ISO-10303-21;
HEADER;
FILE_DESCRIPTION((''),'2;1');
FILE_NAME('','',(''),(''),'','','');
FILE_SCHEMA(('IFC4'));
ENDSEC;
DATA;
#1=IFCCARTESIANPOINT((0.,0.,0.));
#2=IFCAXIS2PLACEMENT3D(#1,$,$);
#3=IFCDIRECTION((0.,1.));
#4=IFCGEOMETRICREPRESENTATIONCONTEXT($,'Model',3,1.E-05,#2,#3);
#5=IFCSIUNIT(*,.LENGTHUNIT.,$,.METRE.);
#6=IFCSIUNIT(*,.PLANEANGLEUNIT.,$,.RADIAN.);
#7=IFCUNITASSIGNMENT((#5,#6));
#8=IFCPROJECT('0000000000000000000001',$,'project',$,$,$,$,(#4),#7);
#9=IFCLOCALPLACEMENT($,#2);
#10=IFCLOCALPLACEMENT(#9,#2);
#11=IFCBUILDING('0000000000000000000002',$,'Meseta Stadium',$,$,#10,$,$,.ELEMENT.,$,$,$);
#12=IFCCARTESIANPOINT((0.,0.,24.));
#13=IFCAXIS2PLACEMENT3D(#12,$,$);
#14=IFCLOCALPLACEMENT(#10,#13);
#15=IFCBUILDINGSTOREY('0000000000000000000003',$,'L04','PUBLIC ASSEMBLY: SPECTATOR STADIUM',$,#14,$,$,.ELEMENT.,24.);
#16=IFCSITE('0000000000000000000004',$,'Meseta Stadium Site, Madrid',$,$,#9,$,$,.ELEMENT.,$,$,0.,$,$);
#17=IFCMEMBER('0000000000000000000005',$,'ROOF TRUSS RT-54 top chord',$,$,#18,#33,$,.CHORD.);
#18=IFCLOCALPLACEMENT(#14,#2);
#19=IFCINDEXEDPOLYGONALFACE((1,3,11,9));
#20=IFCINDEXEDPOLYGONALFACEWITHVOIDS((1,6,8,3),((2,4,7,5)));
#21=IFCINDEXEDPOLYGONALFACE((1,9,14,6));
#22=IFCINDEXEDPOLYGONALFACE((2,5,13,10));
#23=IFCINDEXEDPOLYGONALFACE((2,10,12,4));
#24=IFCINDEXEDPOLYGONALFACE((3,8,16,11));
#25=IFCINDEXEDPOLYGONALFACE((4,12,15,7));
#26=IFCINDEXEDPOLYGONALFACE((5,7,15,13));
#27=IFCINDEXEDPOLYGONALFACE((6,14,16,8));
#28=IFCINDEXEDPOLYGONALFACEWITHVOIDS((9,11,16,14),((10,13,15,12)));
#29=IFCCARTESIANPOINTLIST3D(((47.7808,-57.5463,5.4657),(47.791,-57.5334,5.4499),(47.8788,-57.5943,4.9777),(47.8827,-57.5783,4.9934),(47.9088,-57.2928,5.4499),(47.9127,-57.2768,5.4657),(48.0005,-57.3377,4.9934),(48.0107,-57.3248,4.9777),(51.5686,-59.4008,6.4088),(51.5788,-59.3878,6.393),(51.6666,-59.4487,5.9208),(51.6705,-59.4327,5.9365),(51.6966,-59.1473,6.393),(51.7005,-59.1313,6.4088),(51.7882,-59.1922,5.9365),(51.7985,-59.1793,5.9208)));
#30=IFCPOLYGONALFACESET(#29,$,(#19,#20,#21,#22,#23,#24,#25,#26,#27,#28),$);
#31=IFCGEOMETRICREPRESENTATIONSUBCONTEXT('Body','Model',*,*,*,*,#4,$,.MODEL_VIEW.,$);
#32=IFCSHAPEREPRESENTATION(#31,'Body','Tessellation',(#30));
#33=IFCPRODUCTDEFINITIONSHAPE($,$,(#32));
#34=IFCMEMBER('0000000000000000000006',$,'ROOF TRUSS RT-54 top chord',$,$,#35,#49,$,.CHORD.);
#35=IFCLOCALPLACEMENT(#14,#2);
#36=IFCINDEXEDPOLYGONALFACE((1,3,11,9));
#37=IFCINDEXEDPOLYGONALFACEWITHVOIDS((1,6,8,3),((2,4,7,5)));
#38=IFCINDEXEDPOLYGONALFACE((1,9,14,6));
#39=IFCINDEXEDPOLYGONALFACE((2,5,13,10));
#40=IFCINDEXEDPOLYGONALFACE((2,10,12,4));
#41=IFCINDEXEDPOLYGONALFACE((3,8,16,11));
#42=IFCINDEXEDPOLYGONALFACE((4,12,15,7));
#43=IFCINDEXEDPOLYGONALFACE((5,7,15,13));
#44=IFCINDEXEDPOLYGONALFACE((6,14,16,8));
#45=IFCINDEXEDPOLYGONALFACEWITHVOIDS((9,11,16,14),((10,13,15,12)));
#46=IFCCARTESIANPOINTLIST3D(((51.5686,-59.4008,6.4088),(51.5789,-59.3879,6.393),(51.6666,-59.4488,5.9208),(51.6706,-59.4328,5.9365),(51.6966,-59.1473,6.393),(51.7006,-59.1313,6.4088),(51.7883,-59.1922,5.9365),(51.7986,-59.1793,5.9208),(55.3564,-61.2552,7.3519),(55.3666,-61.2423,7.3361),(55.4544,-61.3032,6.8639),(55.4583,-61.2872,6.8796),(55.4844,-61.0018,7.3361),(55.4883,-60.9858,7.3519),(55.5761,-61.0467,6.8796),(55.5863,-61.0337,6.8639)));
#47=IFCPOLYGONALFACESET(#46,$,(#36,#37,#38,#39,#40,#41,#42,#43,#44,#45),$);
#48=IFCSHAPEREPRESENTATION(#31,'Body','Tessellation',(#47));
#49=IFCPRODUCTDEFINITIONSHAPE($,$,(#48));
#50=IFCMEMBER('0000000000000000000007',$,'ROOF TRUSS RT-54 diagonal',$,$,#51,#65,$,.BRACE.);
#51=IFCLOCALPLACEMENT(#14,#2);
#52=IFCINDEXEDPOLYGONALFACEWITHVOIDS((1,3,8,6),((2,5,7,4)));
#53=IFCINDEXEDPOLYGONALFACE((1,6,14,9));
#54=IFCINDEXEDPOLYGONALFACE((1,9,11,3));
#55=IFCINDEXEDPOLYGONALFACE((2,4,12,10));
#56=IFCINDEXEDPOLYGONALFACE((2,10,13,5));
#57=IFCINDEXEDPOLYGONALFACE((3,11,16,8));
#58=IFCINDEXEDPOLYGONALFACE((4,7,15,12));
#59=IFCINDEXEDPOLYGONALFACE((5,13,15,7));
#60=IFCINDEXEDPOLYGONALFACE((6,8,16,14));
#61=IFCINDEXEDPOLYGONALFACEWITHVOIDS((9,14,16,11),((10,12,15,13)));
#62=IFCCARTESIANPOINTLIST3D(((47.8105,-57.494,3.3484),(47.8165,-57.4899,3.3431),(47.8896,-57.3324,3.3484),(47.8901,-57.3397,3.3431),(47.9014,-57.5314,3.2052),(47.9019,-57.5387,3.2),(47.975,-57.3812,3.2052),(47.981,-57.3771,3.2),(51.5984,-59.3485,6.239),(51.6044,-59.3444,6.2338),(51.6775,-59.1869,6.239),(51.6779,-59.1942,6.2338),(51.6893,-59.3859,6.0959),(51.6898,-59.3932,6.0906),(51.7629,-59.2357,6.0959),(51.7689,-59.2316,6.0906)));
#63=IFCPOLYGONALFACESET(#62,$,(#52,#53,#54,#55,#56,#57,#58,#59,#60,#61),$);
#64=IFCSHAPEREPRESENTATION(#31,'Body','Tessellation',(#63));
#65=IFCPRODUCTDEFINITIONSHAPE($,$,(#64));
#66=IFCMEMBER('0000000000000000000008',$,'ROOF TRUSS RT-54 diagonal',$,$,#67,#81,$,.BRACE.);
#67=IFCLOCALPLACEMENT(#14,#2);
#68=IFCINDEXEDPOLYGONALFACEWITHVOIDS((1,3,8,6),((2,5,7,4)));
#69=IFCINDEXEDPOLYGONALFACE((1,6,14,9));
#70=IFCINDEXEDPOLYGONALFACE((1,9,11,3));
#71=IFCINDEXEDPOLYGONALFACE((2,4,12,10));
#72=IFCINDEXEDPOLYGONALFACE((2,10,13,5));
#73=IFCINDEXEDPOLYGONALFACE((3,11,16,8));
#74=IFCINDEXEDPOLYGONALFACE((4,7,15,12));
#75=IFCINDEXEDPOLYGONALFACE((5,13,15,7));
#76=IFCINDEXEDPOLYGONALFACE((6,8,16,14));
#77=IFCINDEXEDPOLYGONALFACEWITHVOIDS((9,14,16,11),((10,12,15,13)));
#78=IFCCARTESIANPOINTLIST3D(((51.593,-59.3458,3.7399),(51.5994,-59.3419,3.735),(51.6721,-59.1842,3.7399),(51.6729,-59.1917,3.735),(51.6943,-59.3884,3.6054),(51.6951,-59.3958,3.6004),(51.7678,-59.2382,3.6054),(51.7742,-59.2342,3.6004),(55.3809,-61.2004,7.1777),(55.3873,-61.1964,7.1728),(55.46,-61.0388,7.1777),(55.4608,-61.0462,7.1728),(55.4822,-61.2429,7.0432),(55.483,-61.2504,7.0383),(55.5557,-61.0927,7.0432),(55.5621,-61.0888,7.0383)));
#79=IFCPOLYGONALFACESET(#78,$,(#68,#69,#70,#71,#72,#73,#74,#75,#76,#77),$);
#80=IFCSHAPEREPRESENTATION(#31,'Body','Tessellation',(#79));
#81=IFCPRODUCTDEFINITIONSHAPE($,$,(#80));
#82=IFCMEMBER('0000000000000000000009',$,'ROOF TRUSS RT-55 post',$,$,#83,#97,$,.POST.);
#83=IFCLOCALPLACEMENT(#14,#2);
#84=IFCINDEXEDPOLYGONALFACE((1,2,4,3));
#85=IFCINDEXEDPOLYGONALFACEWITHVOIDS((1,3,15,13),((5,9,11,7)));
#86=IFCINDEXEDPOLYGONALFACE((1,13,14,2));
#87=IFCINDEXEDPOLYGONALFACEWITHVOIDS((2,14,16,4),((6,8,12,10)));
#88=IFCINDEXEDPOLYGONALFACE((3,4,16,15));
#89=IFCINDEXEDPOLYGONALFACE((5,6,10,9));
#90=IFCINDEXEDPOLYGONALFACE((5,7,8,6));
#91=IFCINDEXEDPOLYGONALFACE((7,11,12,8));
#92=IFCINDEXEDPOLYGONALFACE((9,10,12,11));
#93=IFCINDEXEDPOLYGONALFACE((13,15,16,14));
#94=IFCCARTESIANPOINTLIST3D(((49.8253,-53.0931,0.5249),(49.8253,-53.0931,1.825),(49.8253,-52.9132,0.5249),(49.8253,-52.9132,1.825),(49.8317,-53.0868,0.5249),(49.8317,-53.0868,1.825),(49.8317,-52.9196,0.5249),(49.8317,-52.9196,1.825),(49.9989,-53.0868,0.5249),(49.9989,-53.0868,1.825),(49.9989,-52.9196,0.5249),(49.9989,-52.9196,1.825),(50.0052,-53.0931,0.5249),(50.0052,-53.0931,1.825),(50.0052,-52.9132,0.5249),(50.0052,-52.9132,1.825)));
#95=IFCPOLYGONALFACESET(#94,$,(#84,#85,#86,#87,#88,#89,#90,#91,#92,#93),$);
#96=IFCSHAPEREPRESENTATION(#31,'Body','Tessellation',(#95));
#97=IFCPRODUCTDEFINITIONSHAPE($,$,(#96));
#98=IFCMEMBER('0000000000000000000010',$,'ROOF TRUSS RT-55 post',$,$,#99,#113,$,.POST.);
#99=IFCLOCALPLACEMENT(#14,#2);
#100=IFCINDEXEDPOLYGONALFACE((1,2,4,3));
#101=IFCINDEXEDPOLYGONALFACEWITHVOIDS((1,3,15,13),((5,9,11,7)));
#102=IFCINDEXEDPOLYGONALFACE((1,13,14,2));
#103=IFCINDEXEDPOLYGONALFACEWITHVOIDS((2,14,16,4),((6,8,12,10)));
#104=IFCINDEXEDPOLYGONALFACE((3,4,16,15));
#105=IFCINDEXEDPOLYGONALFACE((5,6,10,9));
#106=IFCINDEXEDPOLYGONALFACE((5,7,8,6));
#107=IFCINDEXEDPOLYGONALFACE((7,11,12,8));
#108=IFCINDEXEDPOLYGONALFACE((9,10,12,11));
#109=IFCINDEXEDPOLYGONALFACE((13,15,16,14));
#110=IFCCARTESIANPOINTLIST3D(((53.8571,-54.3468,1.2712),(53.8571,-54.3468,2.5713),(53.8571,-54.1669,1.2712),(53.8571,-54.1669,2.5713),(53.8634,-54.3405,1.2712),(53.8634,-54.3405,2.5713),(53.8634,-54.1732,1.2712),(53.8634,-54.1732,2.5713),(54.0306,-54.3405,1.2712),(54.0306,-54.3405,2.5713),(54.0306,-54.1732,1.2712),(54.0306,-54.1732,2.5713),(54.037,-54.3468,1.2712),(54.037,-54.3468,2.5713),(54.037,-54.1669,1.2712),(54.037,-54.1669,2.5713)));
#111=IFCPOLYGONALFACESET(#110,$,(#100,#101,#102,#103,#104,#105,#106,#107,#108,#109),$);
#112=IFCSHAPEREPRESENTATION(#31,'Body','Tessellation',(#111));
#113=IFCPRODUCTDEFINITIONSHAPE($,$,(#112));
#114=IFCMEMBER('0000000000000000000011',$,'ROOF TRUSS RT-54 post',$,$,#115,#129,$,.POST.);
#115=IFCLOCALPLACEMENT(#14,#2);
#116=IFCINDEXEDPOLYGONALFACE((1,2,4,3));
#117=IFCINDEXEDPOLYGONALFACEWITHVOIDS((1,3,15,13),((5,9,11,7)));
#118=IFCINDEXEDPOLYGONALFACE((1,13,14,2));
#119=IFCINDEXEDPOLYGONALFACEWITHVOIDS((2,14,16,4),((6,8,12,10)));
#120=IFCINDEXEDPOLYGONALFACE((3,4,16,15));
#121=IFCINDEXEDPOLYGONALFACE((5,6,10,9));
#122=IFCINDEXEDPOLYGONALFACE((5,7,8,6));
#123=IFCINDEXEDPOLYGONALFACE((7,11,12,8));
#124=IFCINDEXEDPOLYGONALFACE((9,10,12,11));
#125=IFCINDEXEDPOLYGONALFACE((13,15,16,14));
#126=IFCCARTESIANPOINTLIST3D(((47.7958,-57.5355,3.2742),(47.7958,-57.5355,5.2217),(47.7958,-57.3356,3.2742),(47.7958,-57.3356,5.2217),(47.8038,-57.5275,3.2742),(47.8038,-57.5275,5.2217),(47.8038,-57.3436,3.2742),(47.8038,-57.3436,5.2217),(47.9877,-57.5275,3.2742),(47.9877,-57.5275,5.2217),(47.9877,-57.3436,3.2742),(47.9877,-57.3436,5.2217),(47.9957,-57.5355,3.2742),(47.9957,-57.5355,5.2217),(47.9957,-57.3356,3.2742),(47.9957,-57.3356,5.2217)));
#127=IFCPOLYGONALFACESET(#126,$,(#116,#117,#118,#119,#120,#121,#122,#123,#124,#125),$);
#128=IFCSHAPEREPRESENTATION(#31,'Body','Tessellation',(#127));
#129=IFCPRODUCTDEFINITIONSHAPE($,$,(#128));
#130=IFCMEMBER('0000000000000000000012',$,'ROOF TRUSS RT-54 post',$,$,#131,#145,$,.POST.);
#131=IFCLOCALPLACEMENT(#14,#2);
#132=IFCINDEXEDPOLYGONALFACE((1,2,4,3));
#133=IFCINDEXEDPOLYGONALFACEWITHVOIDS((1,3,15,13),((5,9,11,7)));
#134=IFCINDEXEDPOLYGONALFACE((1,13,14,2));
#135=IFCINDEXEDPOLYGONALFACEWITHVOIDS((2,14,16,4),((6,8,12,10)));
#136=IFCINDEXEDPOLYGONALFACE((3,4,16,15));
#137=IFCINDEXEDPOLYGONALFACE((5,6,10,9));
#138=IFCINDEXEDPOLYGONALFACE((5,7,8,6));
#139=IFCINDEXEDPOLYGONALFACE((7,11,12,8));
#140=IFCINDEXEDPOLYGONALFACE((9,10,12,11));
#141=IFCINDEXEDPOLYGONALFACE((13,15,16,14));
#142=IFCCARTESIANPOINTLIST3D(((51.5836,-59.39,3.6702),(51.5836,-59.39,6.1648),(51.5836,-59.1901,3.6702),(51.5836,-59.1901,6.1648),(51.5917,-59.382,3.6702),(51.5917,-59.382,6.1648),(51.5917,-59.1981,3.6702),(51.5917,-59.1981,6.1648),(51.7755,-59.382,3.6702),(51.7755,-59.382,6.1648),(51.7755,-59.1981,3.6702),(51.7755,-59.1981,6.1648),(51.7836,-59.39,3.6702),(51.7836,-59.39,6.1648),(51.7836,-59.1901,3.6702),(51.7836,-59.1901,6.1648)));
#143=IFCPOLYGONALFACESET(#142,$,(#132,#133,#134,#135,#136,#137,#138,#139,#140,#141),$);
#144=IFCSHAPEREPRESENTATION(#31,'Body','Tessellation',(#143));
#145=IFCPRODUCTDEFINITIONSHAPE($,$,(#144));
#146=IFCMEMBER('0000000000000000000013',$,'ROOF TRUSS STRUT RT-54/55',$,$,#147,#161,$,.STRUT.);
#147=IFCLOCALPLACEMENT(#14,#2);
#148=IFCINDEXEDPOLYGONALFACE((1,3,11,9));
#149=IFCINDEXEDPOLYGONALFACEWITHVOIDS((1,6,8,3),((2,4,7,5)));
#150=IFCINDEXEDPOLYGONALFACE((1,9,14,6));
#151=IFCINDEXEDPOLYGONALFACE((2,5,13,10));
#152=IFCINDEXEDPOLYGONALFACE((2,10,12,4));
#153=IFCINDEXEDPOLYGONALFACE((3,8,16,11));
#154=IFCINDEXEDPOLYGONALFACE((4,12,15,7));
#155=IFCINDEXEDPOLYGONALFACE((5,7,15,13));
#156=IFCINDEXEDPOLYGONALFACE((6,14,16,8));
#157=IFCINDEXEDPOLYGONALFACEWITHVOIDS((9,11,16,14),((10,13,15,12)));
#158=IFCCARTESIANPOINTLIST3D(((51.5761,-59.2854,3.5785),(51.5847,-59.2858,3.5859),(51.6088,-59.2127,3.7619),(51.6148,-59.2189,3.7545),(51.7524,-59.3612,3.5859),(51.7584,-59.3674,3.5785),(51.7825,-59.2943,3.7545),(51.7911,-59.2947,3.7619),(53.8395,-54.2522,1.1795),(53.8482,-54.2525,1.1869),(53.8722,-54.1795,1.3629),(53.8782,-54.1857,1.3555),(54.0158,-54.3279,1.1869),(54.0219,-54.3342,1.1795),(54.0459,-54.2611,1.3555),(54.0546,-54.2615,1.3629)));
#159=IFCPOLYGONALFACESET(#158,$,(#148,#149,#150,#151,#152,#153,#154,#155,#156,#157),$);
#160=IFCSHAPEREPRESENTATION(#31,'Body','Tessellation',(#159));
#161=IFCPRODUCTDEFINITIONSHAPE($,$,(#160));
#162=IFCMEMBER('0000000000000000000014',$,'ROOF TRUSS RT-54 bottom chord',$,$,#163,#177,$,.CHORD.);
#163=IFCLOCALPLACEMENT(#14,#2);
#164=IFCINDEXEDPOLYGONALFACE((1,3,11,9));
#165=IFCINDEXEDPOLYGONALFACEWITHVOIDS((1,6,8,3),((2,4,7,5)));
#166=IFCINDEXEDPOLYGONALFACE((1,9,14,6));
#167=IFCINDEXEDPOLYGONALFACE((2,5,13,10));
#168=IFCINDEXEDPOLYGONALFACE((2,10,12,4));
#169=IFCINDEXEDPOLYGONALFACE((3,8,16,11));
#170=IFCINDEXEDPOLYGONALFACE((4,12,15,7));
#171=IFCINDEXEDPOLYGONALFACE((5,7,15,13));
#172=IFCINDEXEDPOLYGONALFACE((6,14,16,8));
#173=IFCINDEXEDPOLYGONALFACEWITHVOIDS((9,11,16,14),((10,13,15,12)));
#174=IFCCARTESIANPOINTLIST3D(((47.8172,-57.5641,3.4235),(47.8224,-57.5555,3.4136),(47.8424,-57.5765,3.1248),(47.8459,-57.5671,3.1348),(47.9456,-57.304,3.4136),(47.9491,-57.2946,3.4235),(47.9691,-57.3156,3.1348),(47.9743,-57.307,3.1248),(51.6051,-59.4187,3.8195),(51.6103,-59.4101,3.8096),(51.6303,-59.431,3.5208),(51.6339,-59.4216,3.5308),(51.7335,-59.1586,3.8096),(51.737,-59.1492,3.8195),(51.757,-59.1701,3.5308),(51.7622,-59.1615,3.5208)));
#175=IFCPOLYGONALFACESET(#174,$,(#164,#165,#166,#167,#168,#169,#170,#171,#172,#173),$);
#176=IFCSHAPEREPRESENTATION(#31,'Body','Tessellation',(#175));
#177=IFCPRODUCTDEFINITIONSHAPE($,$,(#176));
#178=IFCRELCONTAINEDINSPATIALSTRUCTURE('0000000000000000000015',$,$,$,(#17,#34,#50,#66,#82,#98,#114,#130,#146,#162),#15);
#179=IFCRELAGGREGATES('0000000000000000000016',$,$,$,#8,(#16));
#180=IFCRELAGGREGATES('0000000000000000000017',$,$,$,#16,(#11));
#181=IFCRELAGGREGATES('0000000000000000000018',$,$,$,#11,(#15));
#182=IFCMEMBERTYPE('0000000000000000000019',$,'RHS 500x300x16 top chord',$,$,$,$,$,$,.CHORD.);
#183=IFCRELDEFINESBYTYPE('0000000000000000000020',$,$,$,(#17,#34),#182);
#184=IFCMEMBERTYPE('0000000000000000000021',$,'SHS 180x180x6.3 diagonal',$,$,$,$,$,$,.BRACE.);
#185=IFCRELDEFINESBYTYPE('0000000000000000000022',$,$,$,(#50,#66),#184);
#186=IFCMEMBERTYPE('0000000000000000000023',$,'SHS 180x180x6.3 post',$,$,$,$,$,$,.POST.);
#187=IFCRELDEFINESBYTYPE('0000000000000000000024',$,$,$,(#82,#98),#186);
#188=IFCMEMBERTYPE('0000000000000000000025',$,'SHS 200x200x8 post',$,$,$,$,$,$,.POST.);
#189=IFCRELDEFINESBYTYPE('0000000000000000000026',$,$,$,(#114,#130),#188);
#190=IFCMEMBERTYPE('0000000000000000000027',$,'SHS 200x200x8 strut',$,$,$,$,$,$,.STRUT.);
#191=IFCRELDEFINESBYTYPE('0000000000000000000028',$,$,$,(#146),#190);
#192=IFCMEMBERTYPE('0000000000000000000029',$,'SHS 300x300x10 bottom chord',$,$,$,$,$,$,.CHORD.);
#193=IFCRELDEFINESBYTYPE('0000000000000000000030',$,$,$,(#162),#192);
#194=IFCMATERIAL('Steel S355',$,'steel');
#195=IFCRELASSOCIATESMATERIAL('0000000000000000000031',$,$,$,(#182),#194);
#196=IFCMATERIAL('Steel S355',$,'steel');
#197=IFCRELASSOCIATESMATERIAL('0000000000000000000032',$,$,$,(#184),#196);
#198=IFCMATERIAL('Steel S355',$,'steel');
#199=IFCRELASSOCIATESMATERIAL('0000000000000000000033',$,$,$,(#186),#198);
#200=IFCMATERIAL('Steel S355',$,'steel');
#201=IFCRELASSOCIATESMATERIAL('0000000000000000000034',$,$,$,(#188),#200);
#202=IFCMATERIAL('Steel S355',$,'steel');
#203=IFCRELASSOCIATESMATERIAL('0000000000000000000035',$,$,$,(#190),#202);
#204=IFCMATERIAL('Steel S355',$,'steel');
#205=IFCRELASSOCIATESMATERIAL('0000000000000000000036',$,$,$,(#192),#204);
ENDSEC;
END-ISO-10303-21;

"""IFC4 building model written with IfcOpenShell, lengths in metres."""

from ifc_helpers import new_model, si_unit, direction, frame, origin, origin_2d, place, context, subcontext, project, spatial, hollow_rectangle, extrude, material, material_profile, profile_set, type_object, element, save


model = new_model("IFC4")

# Units and contexts
model_context = context("Model", 3, precision=1e-05, world=origin(), true_north=direction((0.0, 1.0)))
body_context = subcontext(model_context, "Body", "Model", "MODEL_VIEW")
ifc_project = project(units=[si_unit("LENGTHUNIT", "METRE"), si_unit("PLANEANGLEUNIT", "RADIAN")], contexts=[model_context])

# Site, building, storey
site_placement = place(None, origin())
site = spatial("IfcSite", under=ifc_project, at=site_placement, Name="Meseta Stadium Site, Madrid", CompositionType="ELEMENT", RefElevation=0.0)
building_placement = place(site_placement, origin())
building = spatial("IfcBuilding", under=site, at=building_placement, Name="Meseta Stadium", CompositionType="ELEMENT")
storey_placement = place(building_placement, frame((0.0, 0.0, 24.0)))
storey = spatial("IfcBuildingStorey", under=building, at=storey_placement, Name="L04", Description="PUBLIC ASSEMBLY: SPECTATOR STADIUM", CompositionType="ELEMENT", Elevation=24.0)

# Members
ifc_material_1 = material(Name="Steel S355", Category="steel")
ifc_material_profile_1 = material_profile(ifc_material_1, hollow_rectangle(XDim=0.3, YDim=0.5, WallThickness=0.0161, at=origin_2d()), Name="RHS 500x300x16")
ifc_profile_set_1 = profile_set([ifc_material_profile_1], Name="Steel S355")
member_type_1 = type_object("IfcMemberType", Name="RHS 500x300x16 top chord", PredefinedType="CHORD", material=ifc_profile_set_1)
for number, where, z_axis, x_axis, name in (
    (1, (47.8958, -57.4355, 5.2217), (0.876488, -0.42912, 0.218232), (0.439719, 0.898135, 0.0), "ROOF TRUSS RT-54 top chord"),
    (2, (51.6836, -59.29, 6.1648), (0.876488, -0.42912, 0.218232), (0.439719, 0.898135, 0.0), "ROOF TRUSS RT-54 top chord"),
):
    element("IfcMember", number, at=place(storey_placement, frame(where, z_axis=z_axis, x_axis=x_axis)), inside=storey, type_object=member_type_1, Name=name, PredefinedType="CHORD", context=body_context, shape_type="SweptSolid", body=[
        extrude(hollow_rectangle(XDim=0.3, YDim=0.5, WallThickness=0.0161, at=origin_2d()), origin(), (0.0, 0.0, 1.0), 4.3215),
    ])
ifc_material_2 = material(Name="Steel S355", Category="steel")
ifc_material_profile_2 = material_profile(ifc_material_2, hollow_rectangle(XDim=0.1799, YDim=0.1799, WallThickness=0.0063, at=origin_2d()), Name="SHS 180x180x6.3")
ifc_profile_set_2 = profile_set([ifc_material_profile_2], Name="Steel S355")
member_type_2 = type_object("IfcMemberType", Name="SHS 180x180x6.3 diagonal", PredefinedType="BRACE", material=ifc_profile_set_2)
member_1_placement = place(storey_placement, frame((47.8958, -57.4355, 3.2742), z_axis=(0.740828, -0.362703, 0.56535), x_axis=(0.439719, 0.898135, 0.0)))
element("IfcMember", 3, at=member_1_placement, inside=storey, type_object=member_type_2, Name="ROOF TRUSS RT-54 diagonal", PredefinedType="BRACE", context=body_context, shape_type="SweptSolid", body=[
    extrude(hollow_rectangle(XDim=0.1799, YDim=0.1799, WallThickness=0.0063, at=origin_2d()), origin(), (0.0, 0.0, 1.0), 5.113),
])
member_2_placement = place(storey_placement, frame((51.6836, -59.29, 3.6702), z_axis=(0.696161, -0.340834, 0.631817), x_axis=(0.439719, 0.898135, 0.0)))
element("IfcMember", 4, at=member_2_placement, inside=storey, type_object=member_type_2, Name="ROOF TRUSS RT-54 diagonal", PredefinedType="BRACE", context=body_context, shape_type="SweptSolid", body=[
    extrude(hollow_rectangle(XDim=0.1799, YDim=0.1799, WallThickness=0.0063, at=origin_2d()), origin(), (0.0, 0.0, 1.0), 5.4412),
])
ifc_material_3 = material(Name="Steel S355", Category="steel")
ifc_material_profile_3 = material_profile(ifc_material_3, hollow_rectangle(XDim=0.1799, YDim=0.1799, WallThickness=0.0063, at=origin_2d()), Name="SHS 180x180x6.3")
ifc_profile_set_3 = profile_set([ifc_material_profile_3], Name="Steel S355")
member_type_3 = type_object("IfcMemberType", Name="SHS 180x180x6.3 post", PredefinedType="POST", material=ifc_profile_set_3)
for number, where, z_axis, x_axis, name in (
    (5, (49.9153, -53.0032, 0.5249), (0.0, 0.0, 1.0), (1.0, 0.0, 0.0), "ROOF TRUSS RT-55 post"),
    (6, (53.947, -54.2568, 1.2712), (0.0, 0.0, 1.0), (1.0, 0.0, 0.0), "ROOF TRUSS RT-55 post"),
):
    element("IfcMember", number, at=place(storey_placement, frame(where, z_axis=z_axis, x_axis=x_axis)), inside=storey, type_object=member_type_3, Name=name, PredefinedType="POST", context=body_context, shape_type="SweptSolid", body=[
        extrude(hollow_rectangle(XDim=0.1799, YDim=0.1799, WallThickness=0.0063, at=origin_2d()), origin(), (0.0, 0.0, 1.0), 1.3),
    ])
ifc_material_4 = material(Name="Steel S355", Category="steel")
ifc_material_profile_4 = material_profile(ifc_material_4, hollow_rectangle(XDim=0.2, YDim=0.2, WallThickness=0.0081, at=origin_2d()), Name="SHS 200x200x8")
ifc_profile_set_4 = profile_set([ifc_material_profile_4], Name="Steel S355")
member_type_4 = type_object("IfcMemberType", Name="SHS 200x200x8 post", PredefinedType="POST", material=ifc_profile_set_4)
member_3_placement = place(storey_placement, frame((47.8958, -57.4355, 3.2742), z_axis=(0.0, 0.0, 1.0), x_axis=(1.0, 0.0, 0.0)))
element("IfcMember", 7, at=member_3_placement, inside=storey, type_object=member_type_4, Name="ROOF TRUSS RT-54 post", PredefinedType="POST", context=body_context, shape_type="SweptSolid", body=[
    extrude(hollow_rectangle(XDim=0.2, YDim=0.2, WallThickness=0.0081, at=origin_2d()), origin(), (0.0, 0.0, 1.0), 1.9475),
])
member_4_placement = place(storey_placement, frame((51.6836, -59.29, 3.6702), z_axis=(0.0, 0.0, 1.0), x_axis=(1.0, 0.0, 0.0)))
element("IfcMember", 8, at=member_4_placement, inside=storey, type_object=member_type_4, Name="ROOF TRUSS RT-54 post", PredefinedType="POST", context=body_context, shape_type="SweptSolid", body=[
    extrude(hollow_rectangle(XDim=0.2, YDim=0.2, WallThickness=0.0081, at=origin_2d()), origin(), (0.0, 0.0, 1.0), 2.4946),
])
ifc_material_5 = material(Name="Steel S355", Category="steel")
ifc_material_profile_5 = material_profile(ifc_material_5, hollow_rectangle(XDim=0.2, YDim=0.2, WallThickness=0.0081, at=origin_2d()), Name="SHS 200x200x8")
ifc_profile_set_5 = profile_set([ifc_material_profile_5], Name="Steel S355")
member_type_5 = type_object("IfcMemberType", Name="SHS 200x200x8 strut", PredefinedType="STRUT", material=ifc_profile_set_5)
member_5_placement = place(storey_placement, frame((51.6836, -59.29, 3.6702), z_axis=(0.376137, 0.836419, -0.398654), x_axis=(-0.912024, 0.410137, 0.0)))
element("IfcMember", 9, at=member_5_placement, inside=storey, type_object=member_type_5, Name="ROOF TRUSS STRUT RT-54/55", PredefinedType="STRUT", context=body_context, shape_type="SweptSolid", body=[
    extrude(hollow_rectangle(XDim=0.2, YDim=0.2, WallThickness=0.0081, at=origin_2d()), origin(), (0.0, 0.0, 1.0), 6.0176),
])
ifc_material_6 = material(Name="Steel S355", Category="steel")
ifc_material_profile_6 = material_profile(ifc_material_6, hollow_rectangle(XDim=0.3, YDim=0.3, WallThickness=0.01, at=origin_2d()), Name="SHS 300x300x10")
ifc_profile_set_6 = profile_set([ifc_material_profile_6], Name="Steel S355")
member_type_6 = type_object("IfcMemberType", Name="SHS 300x300x10 bottom chord", PredefinedType="CHORD", material=ifc_profile_set_6)
for number, where, z_axis, x_axis, name in (
    (10, (47.8958, -57.4355, 3.2742), (0.894202, -0.437793, 0.093483), (0.439719, 0.898135, 0.0), "ROOF TRUSS RT-54 bottom chord"),
):
    element("IfcMember", number, at=place(storey_placement, frame(where, z_axis=z_axis, x_axis=x_axis)), inside=storey, type_object=member_type_6, Name=name, PredefinedType="CHORD", context=body_context, shape_type="SweptSolid", body=[
        extrude(hollow_rectangle(XDim=0.3, YDim=0.3, WallThickness=0.01, at=origin_2d()), origin(), (0.0, 0.0, 1.0), 4.2361),
    ])

save(model, "model.ifc")
